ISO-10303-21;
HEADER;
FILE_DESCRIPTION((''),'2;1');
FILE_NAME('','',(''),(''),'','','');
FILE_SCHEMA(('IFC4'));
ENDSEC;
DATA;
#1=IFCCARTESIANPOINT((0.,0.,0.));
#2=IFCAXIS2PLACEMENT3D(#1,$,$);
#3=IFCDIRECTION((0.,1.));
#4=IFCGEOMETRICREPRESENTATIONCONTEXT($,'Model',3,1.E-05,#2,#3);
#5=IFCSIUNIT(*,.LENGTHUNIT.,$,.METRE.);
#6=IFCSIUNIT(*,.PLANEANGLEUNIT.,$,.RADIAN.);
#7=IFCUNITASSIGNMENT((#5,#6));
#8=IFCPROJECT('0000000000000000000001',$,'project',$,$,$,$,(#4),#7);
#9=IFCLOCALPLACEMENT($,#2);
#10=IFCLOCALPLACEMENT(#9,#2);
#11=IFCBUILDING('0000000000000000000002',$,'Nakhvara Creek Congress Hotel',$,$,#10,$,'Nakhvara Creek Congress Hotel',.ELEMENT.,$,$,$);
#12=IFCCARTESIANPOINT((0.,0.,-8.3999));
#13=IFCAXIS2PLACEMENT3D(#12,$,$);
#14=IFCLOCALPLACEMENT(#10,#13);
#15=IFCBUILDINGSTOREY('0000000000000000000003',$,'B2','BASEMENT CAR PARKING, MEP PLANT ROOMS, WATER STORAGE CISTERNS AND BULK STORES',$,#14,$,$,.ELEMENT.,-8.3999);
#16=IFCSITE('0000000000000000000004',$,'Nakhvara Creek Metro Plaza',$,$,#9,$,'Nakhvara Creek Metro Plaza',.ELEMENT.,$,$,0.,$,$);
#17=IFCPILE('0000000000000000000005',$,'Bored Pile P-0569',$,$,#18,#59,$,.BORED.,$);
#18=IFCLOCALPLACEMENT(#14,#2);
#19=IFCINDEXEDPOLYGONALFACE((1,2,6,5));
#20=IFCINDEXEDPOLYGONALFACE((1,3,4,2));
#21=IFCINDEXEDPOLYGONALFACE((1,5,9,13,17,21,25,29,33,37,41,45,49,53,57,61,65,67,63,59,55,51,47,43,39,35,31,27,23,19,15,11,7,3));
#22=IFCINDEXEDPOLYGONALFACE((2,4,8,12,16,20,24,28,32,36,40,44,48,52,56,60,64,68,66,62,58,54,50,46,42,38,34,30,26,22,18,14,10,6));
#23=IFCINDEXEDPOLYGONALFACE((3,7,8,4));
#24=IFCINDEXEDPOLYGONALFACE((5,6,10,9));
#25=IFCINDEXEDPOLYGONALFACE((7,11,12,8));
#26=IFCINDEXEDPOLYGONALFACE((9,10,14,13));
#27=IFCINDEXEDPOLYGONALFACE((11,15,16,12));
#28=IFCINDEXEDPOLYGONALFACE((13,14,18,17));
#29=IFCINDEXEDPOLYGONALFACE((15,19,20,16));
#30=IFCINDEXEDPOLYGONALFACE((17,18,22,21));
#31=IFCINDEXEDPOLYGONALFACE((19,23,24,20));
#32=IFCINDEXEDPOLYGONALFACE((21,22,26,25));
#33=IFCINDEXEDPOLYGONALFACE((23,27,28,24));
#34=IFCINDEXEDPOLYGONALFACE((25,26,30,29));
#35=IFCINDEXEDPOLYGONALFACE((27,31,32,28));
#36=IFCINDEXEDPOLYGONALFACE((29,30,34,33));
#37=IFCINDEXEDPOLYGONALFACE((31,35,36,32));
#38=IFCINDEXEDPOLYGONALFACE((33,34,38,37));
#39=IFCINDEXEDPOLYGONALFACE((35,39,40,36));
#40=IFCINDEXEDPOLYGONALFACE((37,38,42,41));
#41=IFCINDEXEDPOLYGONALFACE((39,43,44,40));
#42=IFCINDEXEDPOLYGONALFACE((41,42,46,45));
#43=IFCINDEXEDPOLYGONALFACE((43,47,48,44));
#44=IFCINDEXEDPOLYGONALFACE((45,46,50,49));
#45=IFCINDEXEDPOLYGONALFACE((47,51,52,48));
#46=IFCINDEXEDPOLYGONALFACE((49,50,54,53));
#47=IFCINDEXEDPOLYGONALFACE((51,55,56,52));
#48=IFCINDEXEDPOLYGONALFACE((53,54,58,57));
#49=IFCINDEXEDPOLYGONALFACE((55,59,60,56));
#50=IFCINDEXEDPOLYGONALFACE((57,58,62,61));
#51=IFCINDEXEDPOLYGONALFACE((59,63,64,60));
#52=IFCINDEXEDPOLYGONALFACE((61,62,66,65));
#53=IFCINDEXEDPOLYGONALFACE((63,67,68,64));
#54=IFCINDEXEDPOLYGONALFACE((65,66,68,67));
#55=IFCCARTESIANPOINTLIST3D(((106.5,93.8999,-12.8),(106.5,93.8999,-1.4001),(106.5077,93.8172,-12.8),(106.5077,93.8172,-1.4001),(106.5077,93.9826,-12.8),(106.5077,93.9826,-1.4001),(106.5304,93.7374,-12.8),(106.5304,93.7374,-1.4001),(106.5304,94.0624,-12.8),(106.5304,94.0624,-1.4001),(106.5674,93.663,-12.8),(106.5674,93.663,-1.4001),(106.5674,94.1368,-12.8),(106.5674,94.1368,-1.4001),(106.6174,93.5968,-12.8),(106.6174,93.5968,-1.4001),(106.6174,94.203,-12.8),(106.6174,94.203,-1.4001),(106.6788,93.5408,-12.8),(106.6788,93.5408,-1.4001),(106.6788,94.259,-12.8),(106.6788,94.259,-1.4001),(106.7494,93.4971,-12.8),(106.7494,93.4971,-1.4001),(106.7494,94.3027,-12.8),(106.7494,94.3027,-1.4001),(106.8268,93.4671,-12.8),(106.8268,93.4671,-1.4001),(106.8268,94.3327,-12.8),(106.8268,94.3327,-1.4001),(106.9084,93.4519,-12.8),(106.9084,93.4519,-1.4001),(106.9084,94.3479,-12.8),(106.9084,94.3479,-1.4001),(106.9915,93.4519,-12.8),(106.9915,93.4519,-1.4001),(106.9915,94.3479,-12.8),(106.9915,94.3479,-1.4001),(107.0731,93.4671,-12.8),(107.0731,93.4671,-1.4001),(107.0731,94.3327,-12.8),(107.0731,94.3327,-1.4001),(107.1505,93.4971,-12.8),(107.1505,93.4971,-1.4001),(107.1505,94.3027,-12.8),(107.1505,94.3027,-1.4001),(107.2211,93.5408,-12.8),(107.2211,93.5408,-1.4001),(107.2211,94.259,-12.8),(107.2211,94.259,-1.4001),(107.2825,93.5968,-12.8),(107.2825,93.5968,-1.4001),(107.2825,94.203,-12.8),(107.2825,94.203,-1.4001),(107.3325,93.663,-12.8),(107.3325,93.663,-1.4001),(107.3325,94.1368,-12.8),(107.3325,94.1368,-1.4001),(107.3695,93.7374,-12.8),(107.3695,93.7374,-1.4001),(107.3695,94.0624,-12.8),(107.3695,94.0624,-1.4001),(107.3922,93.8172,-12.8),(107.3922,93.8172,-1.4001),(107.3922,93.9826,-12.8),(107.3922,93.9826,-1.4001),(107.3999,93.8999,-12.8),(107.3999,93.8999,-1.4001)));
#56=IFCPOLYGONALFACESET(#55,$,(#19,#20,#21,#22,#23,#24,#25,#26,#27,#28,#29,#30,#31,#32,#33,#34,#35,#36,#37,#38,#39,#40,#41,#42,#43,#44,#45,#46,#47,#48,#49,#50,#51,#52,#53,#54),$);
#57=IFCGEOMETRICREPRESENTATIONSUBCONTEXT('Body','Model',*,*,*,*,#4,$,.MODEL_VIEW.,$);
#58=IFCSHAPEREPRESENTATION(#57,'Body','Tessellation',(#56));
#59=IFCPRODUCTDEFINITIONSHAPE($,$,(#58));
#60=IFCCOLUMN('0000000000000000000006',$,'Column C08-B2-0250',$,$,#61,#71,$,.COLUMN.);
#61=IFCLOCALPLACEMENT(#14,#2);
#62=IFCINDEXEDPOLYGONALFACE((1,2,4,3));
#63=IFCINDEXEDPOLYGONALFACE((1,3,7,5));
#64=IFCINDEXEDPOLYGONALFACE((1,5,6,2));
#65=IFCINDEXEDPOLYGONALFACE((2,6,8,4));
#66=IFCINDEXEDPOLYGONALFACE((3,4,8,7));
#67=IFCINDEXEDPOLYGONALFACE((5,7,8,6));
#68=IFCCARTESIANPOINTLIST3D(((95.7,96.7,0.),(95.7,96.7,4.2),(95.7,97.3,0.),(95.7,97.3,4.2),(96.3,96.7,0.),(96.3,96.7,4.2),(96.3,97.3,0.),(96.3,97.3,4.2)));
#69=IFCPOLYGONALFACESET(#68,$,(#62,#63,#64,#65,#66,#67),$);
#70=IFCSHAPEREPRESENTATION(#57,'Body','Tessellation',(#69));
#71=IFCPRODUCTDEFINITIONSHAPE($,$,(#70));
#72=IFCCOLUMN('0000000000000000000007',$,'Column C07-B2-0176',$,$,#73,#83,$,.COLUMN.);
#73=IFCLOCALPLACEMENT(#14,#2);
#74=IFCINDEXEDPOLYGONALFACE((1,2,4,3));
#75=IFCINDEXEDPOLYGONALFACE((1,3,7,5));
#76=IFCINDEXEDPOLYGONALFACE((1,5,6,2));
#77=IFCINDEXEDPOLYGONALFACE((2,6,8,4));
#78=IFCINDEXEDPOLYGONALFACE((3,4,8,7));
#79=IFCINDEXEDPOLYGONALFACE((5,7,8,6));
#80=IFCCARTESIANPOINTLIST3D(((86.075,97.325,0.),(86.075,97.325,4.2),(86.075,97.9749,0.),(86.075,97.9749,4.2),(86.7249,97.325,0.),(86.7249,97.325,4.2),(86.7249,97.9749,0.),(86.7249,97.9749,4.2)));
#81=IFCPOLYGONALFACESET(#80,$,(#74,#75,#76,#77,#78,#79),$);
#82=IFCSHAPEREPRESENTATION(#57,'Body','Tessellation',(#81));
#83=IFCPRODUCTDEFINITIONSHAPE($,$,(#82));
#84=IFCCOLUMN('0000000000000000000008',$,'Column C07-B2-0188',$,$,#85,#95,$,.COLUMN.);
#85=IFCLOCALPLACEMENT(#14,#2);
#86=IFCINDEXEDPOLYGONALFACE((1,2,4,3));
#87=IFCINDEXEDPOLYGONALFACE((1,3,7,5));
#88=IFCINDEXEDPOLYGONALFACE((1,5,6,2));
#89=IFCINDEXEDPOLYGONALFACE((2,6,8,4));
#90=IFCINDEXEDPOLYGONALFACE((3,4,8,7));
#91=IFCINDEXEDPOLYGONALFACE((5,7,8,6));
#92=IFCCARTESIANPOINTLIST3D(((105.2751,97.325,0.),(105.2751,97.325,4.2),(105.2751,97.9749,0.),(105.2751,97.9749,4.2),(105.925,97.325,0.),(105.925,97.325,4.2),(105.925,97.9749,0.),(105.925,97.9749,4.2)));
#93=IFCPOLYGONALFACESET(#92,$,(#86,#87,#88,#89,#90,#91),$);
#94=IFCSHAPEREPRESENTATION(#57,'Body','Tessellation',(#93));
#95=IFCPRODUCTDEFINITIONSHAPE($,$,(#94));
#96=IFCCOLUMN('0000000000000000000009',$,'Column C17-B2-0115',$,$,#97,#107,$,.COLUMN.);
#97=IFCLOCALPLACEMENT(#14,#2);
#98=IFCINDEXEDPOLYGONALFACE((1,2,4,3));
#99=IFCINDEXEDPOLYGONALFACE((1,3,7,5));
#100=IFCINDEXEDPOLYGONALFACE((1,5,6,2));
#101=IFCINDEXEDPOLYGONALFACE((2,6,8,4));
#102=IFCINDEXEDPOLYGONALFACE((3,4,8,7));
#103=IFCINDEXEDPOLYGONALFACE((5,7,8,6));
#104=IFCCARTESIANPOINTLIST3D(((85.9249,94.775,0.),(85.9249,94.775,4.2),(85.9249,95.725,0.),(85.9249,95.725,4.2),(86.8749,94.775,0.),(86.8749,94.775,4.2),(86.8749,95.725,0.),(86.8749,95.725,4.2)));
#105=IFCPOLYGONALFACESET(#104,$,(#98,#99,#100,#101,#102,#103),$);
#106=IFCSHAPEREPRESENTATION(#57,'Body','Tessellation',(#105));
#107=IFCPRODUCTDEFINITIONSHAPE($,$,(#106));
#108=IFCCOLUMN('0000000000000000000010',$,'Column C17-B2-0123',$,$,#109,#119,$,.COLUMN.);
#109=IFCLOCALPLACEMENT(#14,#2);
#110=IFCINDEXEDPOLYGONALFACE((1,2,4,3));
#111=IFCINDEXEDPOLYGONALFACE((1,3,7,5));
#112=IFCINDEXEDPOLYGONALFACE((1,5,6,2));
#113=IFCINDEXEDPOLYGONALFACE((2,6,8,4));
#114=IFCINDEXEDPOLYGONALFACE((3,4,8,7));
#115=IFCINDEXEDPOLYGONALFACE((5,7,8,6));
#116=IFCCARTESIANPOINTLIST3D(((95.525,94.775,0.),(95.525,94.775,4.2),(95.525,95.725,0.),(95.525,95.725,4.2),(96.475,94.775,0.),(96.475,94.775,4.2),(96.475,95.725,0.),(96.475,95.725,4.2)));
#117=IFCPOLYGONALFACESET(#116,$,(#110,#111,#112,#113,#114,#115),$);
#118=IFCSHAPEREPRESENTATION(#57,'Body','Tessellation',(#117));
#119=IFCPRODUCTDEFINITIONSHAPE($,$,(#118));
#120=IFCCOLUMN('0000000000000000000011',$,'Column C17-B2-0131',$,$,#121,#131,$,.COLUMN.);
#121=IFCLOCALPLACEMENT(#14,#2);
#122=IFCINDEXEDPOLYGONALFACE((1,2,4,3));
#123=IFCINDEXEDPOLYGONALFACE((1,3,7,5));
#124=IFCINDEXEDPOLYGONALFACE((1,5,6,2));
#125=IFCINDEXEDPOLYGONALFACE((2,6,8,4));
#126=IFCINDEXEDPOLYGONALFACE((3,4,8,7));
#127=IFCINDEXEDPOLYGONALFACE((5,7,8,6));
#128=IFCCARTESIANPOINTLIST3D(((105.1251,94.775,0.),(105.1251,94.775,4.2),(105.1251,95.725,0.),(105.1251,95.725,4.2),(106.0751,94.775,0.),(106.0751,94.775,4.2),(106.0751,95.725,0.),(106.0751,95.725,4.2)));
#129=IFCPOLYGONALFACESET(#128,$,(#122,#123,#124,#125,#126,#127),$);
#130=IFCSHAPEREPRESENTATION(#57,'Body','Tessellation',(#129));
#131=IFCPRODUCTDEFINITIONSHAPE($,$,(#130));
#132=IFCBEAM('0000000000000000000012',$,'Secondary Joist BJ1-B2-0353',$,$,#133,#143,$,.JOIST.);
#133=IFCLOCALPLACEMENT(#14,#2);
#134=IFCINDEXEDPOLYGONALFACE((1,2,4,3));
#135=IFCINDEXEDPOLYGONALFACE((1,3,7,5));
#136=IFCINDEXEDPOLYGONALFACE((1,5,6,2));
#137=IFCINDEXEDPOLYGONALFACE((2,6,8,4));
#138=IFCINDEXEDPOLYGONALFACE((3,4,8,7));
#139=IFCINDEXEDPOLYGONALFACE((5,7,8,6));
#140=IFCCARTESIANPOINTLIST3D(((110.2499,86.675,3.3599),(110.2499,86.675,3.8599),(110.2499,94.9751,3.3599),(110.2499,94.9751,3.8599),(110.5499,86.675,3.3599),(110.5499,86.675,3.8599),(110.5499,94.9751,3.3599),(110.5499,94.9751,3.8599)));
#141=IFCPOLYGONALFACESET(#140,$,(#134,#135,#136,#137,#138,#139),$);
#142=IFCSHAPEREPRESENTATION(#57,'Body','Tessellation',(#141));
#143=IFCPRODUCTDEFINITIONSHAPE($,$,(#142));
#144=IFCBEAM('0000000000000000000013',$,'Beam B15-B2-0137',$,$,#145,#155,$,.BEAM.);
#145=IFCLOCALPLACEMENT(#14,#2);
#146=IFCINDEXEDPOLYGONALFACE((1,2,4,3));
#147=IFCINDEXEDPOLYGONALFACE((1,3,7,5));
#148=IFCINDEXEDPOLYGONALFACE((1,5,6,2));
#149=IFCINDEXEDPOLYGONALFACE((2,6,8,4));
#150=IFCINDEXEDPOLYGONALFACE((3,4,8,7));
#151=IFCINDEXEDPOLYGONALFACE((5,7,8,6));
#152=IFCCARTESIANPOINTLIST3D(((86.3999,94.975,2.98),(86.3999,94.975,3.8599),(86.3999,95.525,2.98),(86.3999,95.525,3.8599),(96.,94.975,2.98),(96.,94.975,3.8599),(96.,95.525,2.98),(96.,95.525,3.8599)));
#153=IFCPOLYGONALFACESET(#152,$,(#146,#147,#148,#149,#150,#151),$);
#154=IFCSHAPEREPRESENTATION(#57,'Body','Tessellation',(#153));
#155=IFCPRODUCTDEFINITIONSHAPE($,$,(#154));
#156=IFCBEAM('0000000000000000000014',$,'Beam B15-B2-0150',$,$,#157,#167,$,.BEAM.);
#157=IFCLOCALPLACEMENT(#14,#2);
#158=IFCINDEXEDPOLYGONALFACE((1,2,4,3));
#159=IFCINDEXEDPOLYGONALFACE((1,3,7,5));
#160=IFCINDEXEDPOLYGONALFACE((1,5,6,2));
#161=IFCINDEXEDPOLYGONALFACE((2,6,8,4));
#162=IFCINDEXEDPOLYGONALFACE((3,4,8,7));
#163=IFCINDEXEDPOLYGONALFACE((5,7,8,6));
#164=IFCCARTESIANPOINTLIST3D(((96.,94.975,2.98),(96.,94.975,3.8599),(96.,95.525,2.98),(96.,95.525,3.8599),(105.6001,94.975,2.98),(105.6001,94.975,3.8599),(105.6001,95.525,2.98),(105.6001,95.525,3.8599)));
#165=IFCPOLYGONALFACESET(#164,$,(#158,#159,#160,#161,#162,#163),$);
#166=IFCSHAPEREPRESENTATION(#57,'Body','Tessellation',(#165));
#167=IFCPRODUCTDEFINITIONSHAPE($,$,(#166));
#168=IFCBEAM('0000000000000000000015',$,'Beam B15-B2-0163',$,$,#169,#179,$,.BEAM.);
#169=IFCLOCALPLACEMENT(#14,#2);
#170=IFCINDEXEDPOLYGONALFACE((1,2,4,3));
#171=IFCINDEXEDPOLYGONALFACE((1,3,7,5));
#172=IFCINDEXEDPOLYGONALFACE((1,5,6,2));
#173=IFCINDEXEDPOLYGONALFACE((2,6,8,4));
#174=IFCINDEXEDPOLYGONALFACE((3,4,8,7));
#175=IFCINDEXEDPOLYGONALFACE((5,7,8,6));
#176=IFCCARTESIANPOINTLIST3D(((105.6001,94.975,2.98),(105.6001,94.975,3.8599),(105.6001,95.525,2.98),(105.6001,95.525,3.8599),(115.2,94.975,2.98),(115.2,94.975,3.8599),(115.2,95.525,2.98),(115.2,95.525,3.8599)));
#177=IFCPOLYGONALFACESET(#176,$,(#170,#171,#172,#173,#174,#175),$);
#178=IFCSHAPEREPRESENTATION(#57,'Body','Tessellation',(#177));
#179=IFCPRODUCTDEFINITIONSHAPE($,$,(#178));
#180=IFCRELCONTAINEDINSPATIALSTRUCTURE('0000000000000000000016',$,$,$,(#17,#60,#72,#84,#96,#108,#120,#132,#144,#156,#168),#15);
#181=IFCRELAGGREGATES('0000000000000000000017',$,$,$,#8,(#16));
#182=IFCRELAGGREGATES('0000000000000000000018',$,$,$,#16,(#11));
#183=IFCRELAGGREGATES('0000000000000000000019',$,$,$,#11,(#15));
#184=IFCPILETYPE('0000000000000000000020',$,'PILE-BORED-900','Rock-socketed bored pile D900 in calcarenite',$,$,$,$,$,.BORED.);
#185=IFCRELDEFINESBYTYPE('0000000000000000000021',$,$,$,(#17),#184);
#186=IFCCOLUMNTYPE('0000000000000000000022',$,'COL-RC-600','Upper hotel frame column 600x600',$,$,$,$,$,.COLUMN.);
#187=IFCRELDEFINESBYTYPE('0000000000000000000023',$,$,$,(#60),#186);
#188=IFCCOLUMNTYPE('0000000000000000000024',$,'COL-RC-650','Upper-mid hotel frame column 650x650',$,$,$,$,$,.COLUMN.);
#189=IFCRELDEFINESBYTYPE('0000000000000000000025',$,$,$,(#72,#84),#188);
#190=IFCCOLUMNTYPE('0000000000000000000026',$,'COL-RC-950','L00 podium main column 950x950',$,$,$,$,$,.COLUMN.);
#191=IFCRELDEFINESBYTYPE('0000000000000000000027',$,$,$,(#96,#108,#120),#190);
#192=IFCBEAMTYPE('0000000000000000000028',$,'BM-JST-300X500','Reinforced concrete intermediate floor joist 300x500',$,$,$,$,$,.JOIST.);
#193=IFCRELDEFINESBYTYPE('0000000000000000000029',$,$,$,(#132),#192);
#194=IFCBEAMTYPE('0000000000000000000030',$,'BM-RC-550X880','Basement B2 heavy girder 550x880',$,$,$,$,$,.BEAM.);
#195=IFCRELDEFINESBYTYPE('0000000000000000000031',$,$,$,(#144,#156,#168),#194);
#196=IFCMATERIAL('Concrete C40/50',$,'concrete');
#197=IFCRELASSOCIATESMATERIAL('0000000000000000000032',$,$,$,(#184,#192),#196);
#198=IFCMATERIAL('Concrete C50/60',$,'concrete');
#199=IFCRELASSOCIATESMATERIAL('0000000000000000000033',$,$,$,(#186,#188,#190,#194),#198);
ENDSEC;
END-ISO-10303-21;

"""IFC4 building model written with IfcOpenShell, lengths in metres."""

from ifc_helpers import new_model, si_unit, direction, frame, origin, origin_2d, place, context, subcontext, project, spatial, rectangle, circle, extrude, material, material_profile, profile_set, type_object, element, save


model = new_model("IFC4")

# Units and contexts
model_context = context("Model", 3, precision=1e-05, world=origin(), true_north=direction((0.0, 1.0)))
body_context = subcontext(model_context, "Body", "Model", "MODEL_VIEW")
ifc_project = project(units=[si_unit("LENGTHUNIT", "METRE"), si_unit("PLANEANGLEUNIT", "RADIAN")], contexts=[model_context])

# Site, building, storey
site_placement = place(None, origin())
site = spatial("IfcSite", under=ifc_project, at=site_placement, Name="Nakhvara Creek Metro Plaza", LongName="Nakhvara Creek Metro Plaza", CompositionType="ELEMENT", RefElevation=0.0)
building_placement = place(site_placement, origin())
building = spatial("IfcBuilding", under=site, at=building_placement, Name="Nakhvara Creek Congress Hotel", LongName="Nakhvara Creek Congress Hotel", CompositionType="ELEMENT")
storey_placement = place(building_placement, frame((0.0, 0.0, -8.3999)))
storey = spatial("IfcBuildingStorey", under=building, at=storey_placement, Name="B2", Description="BASEMENT CAR PARKING, MEP PLANT ROOMS, WATER STORAGE CISTERNS AND BULK STORES", CompositionType="ELEMENT", Elevation=-8.3999)

# Shared definitions
ifc_material_1 = material(Name="Concrete C40/50", Category="concrete")

# Pile
ifc_material_profile_1 = material_profile(ifc_material_1, circle(Radius=0.45, at=origin_2d()), Name="BORED PILE D900", Category="LoadBearing")
ifc_profile_set_1 = profile_set([ifc_material_profile_1], Name="Concrete C40/50")
pile_type = type_object("IfcPileType", Name="PILE-BORED-900", Description="Rock-socketed bored pile D900 in calcarenite", PredefinedType="BORED", material=ifc_profile_set_1)
for number, where, z_axis, x_axis, name in (
    (1, (106.95, 93.8999, -1.4001), (0.0, 0.0, -1.0), (1.0, 0.0, 0.0), "Bored Pile P-0569"),
):
    element("IfcPile", number, at=place(storey_placement, frame(where, z_axis=z_axis, x_axis=x_axis)), inside=storey, type_object=pile_type, Name=name, PredefinedType="BORED", context=body_context, shape_type="SweptSolid", body=[
        extrude(circle(Radius=0.45, at=origin_2d()), origin(), (0.0, 0.0, 1.0), 11.3999),
    ])

# Columns
ifc_material_2 = material(Name="Concrete C50/60", Category="concrete")
ifc_material_profile_2 = material_profile(ifc_material_2, rectangle(XDim=0.6001, YDim=0.6001, at=origin_2d()), Name="RC-COL 600x600", Category="LoadBearing")
ifc_profile_set_2 = profile_set([ifc_material_profile_2], Name="Concrete C50/60")
column_type_1 = type_object("IfcColumnType", Name="COL-RC-600", Description="Upper hotel frame column 600x600", PredefinedType="COLUMN", material=ifc_profile_set_2)
column_placement = place(storey_placement, frame((96.0, 97.0, 0.0), z_axis=(0.0, 0.0, 1.0), x_axis=(1.0, 0.0, 0.0)))
element("IfcColumn", 2, at=column_placement, inside=storey, type_object=column_type_1, Name="Column C08-B2-0250", PredefinedType="COLUMN", context=body_context, shape_type="SweptSolid", body=[
    extrude(rectangle(XDim=0.6001, YDim=0.6001, at=origin_2d()), origin(), (0.0, 0.0, 1.0), 4.2),
])
ifc_material_profile_3 = material_profile(ifc_material_2, rectangle(XDim=0.6499, YDim=0.6499, at=origin_2d()), Name="RC-COL 650x650", Category="LoadBearing")
ifc_profile_set_3 = profile_set([ifc_material_profile_3], Name="Concrete C50/60")
column_type_2 = type_object("IfcColumnType", Name="COL-RC-650", Description="Upper-mid hotel frame column 650x650", PredefinedType="COLUMN", material=ifc_profile_set_3)
for number, where, z_axis, x_axis, name in (
    (3, (86.3999, 97.6499, 0.0), (0.0, 0.0, 1.0), (1.0, 0.0, 0.0), "Column C07-B2-0176"),
    (4, (105.6001, 97.6499, 0.0), (0.0, 0.0, 1.0), (1.0, 0.0, 0.0), "Column C07-B2-0188"),
):
    element("IfcColumn", number, at=place(storey_placement, frame(where, z_axis=z_axis, x_axis=x_axis)), inside=storey, type_object=column_type_2, Name=name, PredefinedType="COLUMN", context=body_context, shape_type="SweptSolid", body=[
        extrude(rectangle(XDim=0.6499, YDim=0.6499, at=origin_2d()), origin(), (0.0, 0.0, 1.0), 4.2),
    ])
ifc_material_profile_4 = material_profile(ifc_material_2, rectangle(XDim=0.95, YDim=0.95, at=origin_2d()), Name="RC-COL 950x950", Category="LoadBearing")
ifc_profile_set_4 = profile_set([ifc_material_profile_4], Name="Concrete C50/60")
column_type_3 = type_object("IfcColumnType", Name="COL-RC-950", Description="L00 podium main column 950x950", PredefinedType="COLUMN", material=ifc_profile_set_4)
for number, where, z_axis, x_axis, name in (
    (5, (86.3999, 95.25, 0.0), (0.0, 0.0, 1.0), (1.0, 0.0, 0.0), "Column C17-B2-0115"),
    (6, (96.0, 95.25, 0.0), (0.0, 0.0, 1.0), (1.0, 0.0, 0.0), "Column C17-B2-0123"),
    (7, (105.6001, 95.25, 0.0), (0.0, 0.0, 1.0), (1.0, 0.0, 0.0), "Column C17-B2-0131"),
):
    element("IfcColumn", number, at=place(storey_placement, frame(where, z_axis=z_axis, x_axis=x_axis)), inside=storey, type_object=column_type_3, Name=name, PredefinedType="COLUMN", context=body_context, shape_type="SweptSolid", body=[
        extrude(rectangle(XDim=0.95, YDim=0.95, at=origin_2d()), origin(), (0.0, 0.0, 1.0), 4.2),
    ])

# Beams
ifc_material_profile_5 = material_profile(ifc_material_1, rectangle(XDim=0.3, YDim=0.5, at=origin_2d()), Name="RC-BM 300x500", Category="LoadBearing")
ifc_profile_set_5 = profile_set([ifc_material_profile_5], Name="Concrete C40/50")
beam_type_1 = type_object("IfcBeamType", Name="BM-JST-300X500", Description="Reinforced concrete intermediate floor joist 300x500", PredefinedType="JOIST", material=ifc_profile_set_5)
beam_1_placement = place(storey_placement, frame((110.3999, 86.675, 3.6099), z_axis=(0.0, 1.0, 0.0), x_axis=(-1.0, 0.0, 0.0)))
element("IfcBeam", 8, at=beam_1_placement, inside=storey, type_object=beam_type_1, Name="Secondary Joist BJ1-B2-0353", PredefinedType="JOIST", context=body_context, shape_type="SweptSolid", body=[
    extrude(rectangle(XDim=0.3, YDim=0.5, at=origin_2d()), origin(), (0.0, 0.0, 1.0), 8.3),
])
ifc_material_profile_6 = material_profile(ifc_material_2, rectangle(XDim=0.55, YDim=0.8799, at=origin_2d()), Name="RC-BM 550x880", Category="LoadBearing")
ifc_profile_set_6 = profile_set([ifc_material_profile_6], Name="Concrete C50/60")
beam_type_2 = type_object("IfcBeamType", Name="BM-RC-550X880", Description="Basement B2 heavy girder 550x880", PredefinedType="BEAM", material=ifc_profile_set_6)
for number, where, z_axis, x_axis, name in (
    (9, (86.3999, 95.25, 3.4199), (1.0, 0.0, 0.0), (0.0, 1.0, 0.0), "Beam B15-B2-0137"),
    (10, (96.0, 95.25, 3.4199), (1.0, 0.0, 0.0), (0.0, 1.0, 0.0), "Beam B15-B2-0150"),
):
    element("IfcBeam", number, at=place(storey_placement, frame(where, z_axis=z_axis, x_axis=x_axis)), inside=storey, type_object=beam_type_2, Name=name, PredefinedType="BEAM", context=body_context, shape_type="SweptSolid", body=[
        extrude(rectangle(XDim=0.55, YDim=0.8799, at=origin_2d()), origin(), (0.0, 0.0, 1.0), 9.6001),
    ])
beam_2_placement = place(storey_placement, frame((105.6001, 95.25, 3.4199), z_axis=(1.0, 0.0, 0.0), x_axis=(0.0, 1.0, 0.0)))
element("IfcBeam", 11, at=beam_2_placement, inside=storey, type_object=beam_type_2, Name="Beam B15-B2-0163", PredefinedType="BEAM", context=body_context, shape_type="SweptSolid", body=[
    extrude(rectangle(XDim=0.55, YDim=0.8799, at=origin_2d()), origin(), (0.0, 0.0, 1.0), 9.5999),
])

save(model, "model.ifc")
